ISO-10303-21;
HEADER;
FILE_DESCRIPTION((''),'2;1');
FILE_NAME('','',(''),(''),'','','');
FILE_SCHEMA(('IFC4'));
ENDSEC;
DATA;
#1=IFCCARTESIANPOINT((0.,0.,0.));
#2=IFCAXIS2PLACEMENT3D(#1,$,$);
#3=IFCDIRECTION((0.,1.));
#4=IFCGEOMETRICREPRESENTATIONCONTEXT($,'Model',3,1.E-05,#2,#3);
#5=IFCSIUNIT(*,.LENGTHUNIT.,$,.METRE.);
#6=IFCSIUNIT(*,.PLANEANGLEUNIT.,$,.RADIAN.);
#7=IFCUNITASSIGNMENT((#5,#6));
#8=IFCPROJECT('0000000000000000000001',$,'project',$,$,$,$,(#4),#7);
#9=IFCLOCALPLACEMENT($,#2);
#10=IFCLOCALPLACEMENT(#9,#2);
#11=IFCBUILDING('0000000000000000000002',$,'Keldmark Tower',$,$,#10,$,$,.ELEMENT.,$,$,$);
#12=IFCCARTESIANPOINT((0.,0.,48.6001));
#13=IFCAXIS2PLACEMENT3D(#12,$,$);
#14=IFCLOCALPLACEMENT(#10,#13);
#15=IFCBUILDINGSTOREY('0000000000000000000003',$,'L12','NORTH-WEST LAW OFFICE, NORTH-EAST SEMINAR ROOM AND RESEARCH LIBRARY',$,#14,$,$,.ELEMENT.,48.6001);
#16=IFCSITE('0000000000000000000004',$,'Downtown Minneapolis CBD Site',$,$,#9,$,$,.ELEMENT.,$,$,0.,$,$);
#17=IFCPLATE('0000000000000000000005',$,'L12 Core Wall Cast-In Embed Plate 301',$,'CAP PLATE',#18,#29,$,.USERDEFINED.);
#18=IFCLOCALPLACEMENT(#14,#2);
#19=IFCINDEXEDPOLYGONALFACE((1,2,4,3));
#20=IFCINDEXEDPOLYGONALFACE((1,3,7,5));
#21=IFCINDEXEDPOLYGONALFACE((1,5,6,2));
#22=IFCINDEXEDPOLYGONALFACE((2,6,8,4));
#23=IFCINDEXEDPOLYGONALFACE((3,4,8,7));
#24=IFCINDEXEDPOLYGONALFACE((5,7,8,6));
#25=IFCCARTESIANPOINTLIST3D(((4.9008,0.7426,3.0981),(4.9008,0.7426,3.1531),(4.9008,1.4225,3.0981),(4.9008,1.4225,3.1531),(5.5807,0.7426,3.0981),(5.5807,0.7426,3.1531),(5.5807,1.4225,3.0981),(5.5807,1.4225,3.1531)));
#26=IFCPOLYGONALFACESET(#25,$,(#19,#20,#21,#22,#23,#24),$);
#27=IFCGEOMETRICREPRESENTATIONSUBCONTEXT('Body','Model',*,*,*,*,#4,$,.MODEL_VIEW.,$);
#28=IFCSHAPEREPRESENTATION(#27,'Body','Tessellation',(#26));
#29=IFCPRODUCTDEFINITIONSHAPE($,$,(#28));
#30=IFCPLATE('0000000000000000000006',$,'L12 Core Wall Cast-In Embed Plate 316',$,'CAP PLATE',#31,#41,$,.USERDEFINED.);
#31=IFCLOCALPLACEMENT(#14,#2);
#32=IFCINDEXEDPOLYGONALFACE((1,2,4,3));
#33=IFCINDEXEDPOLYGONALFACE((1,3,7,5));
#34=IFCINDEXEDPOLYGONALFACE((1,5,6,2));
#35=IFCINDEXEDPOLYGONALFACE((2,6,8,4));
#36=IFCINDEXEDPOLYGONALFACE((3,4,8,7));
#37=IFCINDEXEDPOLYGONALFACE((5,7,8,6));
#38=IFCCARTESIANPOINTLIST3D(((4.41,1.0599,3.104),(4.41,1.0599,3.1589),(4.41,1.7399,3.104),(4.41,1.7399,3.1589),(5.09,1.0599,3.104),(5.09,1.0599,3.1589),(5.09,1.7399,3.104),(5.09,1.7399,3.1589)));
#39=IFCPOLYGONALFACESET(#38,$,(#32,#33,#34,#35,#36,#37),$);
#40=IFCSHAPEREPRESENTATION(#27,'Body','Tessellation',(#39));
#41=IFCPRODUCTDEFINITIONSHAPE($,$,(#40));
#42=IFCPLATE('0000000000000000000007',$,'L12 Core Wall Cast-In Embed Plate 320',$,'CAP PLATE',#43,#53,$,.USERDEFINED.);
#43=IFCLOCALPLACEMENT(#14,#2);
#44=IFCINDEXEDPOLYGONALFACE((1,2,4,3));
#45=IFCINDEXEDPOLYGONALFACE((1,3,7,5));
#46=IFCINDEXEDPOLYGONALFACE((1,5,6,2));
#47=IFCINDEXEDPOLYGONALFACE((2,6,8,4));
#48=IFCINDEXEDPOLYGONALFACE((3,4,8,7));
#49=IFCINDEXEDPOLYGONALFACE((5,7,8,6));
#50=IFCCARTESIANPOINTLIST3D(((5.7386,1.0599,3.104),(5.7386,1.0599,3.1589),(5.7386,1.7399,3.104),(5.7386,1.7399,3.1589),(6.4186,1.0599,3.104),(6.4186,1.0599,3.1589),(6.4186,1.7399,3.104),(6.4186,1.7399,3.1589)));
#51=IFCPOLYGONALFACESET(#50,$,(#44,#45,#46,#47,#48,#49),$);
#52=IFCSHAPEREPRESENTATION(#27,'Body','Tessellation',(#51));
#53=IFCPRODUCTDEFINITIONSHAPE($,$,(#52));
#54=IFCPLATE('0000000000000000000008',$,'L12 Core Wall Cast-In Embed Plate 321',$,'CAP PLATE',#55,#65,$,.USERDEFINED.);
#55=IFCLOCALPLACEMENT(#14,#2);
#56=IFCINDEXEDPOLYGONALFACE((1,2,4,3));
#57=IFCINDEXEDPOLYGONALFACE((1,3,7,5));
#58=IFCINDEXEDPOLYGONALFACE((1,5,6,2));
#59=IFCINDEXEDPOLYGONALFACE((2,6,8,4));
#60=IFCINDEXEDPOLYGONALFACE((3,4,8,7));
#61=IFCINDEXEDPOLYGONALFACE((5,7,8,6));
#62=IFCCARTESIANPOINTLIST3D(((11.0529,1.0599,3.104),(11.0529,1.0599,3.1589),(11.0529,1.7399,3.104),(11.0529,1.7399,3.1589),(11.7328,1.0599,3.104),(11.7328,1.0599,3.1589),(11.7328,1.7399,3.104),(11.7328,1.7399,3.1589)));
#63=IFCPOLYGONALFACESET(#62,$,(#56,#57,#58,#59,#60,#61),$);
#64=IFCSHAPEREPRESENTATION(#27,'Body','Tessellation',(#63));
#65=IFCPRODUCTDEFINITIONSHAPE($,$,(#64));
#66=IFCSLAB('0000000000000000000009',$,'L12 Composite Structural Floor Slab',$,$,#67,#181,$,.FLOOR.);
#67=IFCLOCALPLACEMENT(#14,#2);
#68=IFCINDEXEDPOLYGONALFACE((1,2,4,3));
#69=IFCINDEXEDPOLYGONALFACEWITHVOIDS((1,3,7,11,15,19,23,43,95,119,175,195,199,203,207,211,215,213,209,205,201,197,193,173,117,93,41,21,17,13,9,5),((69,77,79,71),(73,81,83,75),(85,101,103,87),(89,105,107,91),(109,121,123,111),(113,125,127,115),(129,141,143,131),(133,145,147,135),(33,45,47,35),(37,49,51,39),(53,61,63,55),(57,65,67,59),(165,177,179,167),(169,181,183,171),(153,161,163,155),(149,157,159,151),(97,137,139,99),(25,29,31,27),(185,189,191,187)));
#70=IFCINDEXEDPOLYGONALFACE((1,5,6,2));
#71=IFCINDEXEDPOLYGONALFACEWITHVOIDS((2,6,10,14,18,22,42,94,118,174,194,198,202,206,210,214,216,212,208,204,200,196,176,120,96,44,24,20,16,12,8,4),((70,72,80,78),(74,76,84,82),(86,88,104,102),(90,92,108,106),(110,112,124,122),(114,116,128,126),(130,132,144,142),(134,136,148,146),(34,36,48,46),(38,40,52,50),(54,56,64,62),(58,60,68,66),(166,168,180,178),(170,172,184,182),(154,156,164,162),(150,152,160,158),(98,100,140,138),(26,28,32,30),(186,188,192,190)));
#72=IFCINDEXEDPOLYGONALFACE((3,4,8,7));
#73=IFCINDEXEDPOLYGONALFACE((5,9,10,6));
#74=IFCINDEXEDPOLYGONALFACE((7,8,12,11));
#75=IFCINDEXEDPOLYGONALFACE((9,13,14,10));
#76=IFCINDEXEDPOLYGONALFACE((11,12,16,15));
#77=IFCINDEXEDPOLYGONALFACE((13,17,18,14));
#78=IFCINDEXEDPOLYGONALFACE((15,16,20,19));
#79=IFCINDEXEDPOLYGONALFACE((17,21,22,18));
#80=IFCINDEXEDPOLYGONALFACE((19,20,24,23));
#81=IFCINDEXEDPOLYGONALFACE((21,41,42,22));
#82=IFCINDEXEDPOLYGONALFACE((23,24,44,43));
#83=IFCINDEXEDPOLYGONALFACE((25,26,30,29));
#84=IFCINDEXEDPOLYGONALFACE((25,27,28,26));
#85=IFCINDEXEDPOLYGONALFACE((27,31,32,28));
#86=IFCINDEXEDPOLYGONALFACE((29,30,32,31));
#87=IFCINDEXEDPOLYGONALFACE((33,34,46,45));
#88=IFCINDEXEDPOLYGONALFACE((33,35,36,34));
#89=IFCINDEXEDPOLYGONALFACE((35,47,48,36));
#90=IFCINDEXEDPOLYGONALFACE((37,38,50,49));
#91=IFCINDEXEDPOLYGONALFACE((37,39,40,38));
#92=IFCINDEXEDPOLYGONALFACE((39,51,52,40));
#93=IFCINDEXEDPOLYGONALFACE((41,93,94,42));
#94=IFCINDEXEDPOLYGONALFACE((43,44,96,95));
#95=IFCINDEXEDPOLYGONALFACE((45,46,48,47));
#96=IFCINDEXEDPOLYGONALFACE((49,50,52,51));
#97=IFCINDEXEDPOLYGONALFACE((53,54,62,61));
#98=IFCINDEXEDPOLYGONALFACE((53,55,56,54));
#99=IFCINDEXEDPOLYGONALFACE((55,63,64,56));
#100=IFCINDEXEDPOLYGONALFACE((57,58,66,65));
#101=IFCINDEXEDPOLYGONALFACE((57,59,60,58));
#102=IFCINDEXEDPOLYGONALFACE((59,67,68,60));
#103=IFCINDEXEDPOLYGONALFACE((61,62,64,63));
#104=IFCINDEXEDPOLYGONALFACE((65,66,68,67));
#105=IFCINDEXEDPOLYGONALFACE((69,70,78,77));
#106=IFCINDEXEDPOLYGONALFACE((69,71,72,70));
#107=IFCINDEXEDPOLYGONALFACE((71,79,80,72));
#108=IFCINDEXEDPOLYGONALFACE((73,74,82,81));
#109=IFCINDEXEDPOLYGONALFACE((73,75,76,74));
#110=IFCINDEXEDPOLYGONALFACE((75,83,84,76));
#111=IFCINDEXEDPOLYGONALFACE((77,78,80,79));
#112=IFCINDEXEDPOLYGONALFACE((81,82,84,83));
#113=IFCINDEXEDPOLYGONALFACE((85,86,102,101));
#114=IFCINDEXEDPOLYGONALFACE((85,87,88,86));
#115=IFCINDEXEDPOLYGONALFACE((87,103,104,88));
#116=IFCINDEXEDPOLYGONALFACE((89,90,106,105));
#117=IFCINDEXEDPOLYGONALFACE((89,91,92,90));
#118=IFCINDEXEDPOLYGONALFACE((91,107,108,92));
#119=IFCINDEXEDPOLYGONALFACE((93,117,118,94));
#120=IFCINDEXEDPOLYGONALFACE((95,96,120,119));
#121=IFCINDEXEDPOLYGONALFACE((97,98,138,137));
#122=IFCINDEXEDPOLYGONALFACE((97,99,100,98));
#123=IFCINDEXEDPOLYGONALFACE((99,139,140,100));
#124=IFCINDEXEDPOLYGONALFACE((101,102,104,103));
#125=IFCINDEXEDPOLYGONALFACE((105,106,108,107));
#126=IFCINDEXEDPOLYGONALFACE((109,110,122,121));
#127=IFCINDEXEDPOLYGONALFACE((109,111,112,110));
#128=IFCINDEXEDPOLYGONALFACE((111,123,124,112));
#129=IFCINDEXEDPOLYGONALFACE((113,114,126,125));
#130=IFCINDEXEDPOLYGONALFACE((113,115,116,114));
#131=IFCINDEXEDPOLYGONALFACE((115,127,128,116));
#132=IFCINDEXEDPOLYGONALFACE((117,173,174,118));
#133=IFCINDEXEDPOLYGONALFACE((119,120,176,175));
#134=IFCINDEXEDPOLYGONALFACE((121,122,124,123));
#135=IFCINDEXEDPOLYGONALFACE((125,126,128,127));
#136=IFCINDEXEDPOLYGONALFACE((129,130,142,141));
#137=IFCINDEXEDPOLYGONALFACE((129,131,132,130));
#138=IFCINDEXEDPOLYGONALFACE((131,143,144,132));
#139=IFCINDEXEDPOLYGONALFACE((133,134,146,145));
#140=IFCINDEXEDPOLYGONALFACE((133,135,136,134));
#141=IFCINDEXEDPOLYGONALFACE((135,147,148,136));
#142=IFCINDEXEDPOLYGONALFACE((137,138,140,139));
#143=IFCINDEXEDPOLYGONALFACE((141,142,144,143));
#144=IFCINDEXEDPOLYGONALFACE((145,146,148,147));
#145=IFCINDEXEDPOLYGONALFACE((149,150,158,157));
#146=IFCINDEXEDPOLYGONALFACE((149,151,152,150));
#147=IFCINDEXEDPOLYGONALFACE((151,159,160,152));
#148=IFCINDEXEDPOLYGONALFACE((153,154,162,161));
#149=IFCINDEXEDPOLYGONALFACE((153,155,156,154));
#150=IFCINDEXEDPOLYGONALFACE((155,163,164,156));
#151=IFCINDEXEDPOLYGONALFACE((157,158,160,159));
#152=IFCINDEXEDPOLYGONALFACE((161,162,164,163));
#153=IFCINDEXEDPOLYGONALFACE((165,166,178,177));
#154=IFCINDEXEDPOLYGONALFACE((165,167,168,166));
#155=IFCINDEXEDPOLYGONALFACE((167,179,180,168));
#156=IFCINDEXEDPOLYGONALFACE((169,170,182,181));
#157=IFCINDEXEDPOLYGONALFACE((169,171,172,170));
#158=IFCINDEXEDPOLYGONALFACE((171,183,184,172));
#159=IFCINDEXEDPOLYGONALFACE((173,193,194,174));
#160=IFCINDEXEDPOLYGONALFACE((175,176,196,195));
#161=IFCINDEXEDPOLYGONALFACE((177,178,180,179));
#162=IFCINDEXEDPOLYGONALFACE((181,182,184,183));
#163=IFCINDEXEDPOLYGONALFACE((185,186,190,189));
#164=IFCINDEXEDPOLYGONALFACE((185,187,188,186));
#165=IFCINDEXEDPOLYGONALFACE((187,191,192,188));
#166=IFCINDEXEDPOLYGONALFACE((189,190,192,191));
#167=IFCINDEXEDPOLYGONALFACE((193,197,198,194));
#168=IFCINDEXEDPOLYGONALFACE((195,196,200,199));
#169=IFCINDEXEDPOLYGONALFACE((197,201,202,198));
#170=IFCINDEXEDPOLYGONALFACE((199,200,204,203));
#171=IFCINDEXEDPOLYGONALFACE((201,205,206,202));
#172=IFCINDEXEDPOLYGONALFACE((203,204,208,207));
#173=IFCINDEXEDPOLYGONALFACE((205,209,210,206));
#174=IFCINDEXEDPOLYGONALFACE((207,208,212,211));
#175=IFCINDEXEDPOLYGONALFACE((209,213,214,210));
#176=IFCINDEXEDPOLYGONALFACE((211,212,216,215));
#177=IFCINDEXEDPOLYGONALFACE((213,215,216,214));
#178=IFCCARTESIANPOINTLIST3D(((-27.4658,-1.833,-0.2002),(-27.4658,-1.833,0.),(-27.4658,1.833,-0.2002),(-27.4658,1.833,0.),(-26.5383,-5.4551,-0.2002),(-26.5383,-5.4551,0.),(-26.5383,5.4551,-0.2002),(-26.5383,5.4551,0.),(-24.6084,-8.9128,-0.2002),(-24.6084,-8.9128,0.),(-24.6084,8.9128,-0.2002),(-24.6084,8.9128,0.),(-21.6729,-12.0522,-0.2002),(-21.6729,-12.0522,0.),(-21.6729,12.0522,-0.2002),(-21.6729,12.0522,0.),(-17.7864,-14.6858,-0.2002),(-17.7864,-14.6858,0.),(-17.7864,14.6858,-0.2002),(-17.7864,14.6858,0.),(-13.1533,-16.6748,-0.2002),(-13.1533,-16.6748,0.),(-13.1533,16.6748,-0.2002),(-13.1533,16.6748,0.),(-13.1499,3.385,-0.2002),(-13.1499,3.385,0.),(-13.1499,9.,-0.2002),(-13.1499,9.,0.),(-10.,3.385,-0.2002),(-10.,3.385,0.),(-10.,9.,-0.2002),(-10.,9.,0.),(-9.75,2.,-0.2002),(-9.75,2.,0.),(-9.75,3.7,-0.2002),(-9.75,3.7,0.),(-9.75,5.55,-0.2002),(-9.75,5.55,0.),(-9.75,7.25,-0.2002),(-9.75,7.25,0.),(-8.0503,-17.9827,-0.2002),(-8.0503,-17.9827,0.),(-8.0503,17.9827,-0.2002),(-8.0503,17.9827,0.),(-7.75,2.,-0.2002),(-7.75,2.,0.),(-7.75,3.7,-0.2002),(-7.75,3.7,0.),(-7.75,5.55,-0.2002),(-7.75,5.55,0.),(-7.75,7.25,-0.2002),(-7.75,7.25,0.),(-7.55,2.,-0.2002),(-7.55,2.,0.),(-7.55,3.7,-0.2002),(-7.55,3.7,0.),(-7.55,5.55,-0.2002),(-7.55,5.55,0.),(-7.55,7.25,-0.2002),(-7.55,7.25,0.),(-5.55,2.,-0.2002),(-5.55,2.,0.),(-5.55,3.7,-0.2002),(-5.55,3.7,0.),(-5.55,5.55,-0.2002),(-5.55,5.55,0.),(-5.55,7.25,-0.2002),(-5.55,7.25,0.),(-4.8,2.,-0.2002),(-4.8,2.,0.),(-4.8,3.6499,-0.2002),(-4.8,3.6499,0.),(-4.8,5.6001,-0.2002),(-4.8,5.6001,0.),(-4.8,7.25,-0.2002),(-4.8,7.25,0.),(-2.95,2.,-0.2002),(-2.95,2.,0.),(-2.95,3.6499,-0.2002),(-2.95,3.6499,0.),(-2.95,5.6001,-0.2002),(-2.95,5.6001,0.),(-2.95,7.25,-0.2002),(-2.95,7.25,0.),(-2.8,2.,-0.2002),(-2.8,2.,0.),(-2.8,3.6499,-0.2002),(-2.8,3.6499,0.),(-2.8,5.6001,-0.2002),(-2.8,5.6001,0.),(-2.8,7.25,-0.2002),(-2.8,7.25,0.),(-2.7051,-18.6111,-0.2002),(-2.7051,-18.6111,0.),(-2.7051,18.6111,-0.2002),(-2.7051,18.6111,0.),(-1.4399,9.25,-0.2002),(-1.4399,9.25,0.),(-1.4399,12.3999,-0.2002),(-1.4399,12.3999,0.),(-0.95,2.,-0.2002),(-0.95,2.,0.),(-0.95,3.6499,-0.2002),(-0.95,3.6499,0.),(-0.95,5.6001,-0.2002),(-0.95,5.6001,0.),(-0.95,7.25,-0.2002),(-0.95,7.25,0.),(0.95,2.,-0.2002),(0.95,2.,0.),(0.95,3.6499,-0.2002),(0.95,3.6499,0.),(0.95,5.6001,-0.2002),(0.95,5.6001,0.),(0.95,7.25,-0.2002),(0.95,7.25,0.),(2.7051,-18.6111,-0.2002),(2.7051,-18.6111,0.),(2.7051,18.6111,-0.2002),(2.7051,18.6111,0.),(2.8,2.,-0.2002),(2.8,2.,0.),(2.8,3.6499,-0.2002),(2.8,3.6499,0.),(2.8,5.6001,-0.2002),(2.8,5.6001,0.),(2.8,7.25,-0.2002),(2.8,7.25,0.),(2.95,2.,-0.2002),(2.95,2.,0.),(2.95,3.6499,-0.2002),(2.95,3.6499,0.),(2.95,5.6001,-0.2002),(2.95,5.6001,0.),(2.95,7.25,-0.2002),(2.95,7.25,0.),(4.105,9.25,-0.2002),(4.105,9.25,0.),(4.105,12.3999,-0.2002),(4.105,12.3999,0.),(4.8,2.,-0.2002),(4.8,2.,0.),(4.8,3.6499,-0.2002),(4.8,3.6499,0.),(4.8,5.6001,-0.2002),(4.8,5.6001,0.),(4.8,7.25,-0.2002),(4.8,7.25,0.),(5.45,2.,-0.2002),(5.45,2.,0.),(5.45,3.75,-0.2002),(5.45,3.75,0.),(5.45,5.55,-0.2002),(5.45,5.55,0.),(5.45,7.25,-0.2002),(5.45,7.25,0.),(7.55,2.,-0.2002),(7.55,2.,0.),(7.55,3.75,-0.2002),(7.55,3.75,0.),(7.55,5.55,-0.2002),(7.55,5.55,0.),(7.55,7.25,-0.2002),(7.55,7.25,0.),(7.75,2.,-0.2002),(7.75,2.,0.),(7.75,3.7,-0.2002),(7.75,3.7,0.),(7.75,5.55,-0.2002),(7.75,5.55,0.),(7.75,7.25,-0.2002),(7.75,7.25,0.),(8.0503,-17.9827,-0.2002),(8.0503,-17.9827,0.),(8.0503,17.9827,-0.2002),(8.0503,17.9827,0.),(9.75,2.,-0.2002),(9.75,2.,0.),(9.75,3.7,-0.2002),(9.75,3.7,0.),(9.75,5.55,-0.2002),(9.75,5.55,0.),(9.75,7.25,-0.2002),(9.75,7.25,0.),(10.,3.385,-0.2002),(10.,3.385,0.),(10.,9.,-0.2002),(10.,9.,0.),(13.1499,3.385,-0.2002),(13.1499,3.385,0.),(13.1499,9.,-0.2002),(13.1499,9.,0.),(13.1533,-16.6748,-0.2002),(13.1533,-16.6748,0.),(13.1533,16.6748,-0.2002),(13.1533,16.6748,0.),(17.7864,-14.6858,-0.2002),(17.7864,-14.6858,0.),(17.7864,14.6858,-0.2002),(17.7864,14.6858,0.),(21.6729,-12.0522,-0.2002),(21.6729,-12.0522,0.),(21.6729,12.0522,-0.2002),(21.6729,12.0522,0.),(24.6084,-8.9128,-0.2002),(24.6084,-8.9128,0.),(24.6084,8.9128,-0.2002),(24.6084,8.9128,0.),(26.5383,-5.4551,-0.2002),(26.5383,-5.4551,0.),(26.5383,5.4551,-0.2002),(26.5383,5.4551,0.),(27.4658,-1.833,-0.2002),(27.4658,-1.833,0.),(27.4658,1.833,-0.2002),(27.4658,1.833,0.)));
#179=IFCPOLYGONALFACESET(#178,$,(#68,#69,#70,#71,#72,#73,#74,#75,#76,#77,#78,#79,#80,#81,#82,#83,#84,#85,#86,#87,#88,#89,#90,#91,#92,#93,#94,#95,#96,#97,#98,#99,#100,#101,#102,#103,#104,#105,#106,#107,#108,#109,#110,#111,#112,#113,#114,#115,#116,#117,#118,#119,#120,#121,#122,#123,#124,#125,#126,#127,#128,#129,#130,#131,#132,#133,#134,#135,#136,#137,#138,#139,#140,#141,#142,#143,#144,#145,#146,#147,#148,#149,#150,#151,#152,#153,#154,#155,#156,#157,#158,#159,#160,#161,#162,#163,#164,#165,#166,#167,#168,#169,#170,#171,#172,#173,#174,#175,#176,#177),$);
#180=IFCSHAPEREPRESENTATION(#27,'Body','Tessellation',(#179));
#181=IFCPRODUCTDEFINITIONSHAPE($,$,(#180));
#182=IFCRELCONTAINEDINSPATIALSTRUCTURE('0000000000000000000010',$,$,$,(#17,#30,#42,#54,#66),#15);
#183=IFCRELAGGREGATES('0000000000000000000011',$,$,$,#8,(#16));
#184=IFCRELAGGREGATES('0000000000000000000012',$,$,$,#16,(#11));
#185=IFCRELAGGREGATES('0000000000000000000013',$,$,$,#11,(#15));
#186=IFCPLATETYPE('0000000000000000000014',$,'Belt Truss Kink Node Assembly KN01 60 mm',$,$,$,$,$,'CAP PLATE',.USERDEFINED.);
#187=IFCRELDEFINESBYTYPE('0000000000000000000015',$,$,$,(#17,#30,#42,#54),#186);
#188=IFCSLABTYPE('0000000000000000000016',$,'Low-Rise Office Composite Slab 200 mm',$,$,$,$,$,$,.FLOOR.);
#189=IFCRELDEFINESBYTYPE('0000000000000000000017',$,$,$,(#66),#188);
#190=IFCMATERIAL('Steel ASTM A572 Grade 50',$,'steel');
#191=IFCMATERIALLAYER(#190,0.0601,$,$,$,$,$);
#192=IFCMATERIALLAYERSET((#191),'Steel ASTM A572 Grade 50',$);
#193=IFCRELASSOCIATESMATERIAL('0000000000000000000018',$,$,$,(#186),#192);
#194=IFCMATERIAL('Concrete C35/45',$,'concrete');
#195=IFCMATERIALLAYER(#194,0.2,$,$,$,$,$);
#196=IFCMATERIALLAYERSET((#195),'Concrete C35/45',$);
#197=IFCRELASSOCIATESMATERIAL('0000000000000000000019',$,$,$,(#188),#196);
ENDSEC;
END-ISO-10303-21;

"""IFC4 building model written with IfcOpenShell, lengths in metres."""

from ifc_helpers import new_model, si_unit, direction, frame, origin, origin_2d, place, context, subcontext, project, spatial, polyline, rectangle, outline, extrude, material, layer, layer_set, type_object, element, save


model = new_model("IFC4")

# Units and contexts
model_context = context("Model", 3, precision=1e-05, world=origin(), true_north=direction((0.0, 1.0)))
body_context = subcontext(model_context, "Body", "Model", "MODEL_VIEW")
ifc_project = project(units=[si_unit("LENGTHUNIT", "METRE"), si_unit("PLANEANGLEUNIT", "RADIAN")], contexts=[model_context])

# Site, building, storey
site_placement = place(None, origin())
site = spatial("IfcSite", under=ifc_project, at=site_placement, Name="Downtown Minneapolis CBD Site", CompositionType="ELEMENT", RefElevation=0.0)
building_placement = place(site_placement, origin())
building = spatial("IfcBuilding", under=site, at=building_placement, Name="Keldmark Tower", CompositionType="ELEMENT")
storey_placement = place(building_placement, frame((0.0, 0.0, 48.6001)))
storey = spatial("IfcBuildingStorey", under=building, at=storey_placement, Name="L12", Description="NORTH-WEST LAW OFFICE, NORTH-EAST SEMINAR ROOM AND RESEARCH LIBRARY", CompositionType="ELEMENT", Elevation=48.6001)

# Plates
ifc_material_1 = material(Name="Steel ASTM A572 Grade 50", Category="steel")
ifc_layer_1 = layer(ifc_material_1, 0.0601)
ifc_layer_set_1 = layer_set([ifc_layer_1], Name="Steel ASTM A572 Grade 50")
plate_type = type_object("IfcPlateType", Name="Belt Truss Kink Node Assembly KN01 60 mm", ElementType="CAP PLATE", PredefinedType="USERDEFINED", material=ifc_layer_set_1)
for number, where, z_axis, x_axis, name in (
    (1, (5.2407, 1.0825, 3.0981), (0.0, 0.0, 1.0), (1.0, 0.0, 0.0), "L12 Core Wall Cast-In Embed Plate 301"),
    (2, (4.75, 1.3999, 3.104), (0.0, 0.0, 1.0), (1.0, 0.0, 0.0), "L12 Core Wall Cast-In Embed Plate 316"),
    (3, (6.0786, 1.3999, 3.104), (0.0, 0.0, 1.0), (1.0, 0.0, 0.0), "L12 Core Wall Cast-In Embed Plate 320"),
    (4, (11.3928, 1.3999, 3.104), (0.0, 0.0, 1.0), (1.0, 0.0, 0.0), "L12 Core Wall Cast-In Embed Plate 321"),
):
    element("IfcPlate", number, at=place(storey_placement, frame(where, z_axis=z_axis, x_axis=x_axis)), inside=storey, type_object=plate_type, Name=name, ObjectType="CAP PLATE", PredefinedType="USERDEFINED", context=body_context, shape_type="SweptSolid", body=[
        extrude(rectangle(XDim=0.6799, YDim=0.6799, at=origin_2d()), origin(), (0.0, 0.0, 1.0), 0.0549),
    ])

# Slab
ifc_material_2 = material(Name="Concrete C35/45", Category="concrete")
ifc_layer_2 = layer(ifc_material_2, 0.2)
ifc_layer_set_2 = layer_set([ifc_layer_2], Name="Concrete C35/45")
slab_type_1 = type_object("IfcSlabType", Name="Low-Rise Office Composite Slab 200 mm", PredefinedType="FLOOR", material=ifc_layer_set_2)
slab_1_placement = place(storey_placement, frame((0.0, 0.0, -0.2002)))
element("IfcSlab", 5, at=slab_1_placement, inside=storey, type_object=slab_type_1, Name="L12 Composite Structural Floor Slab", PredefinedType="FLOOR", context=body_context, shape_type="SweptSolid", body=[
    extrude(outline(polyline([(27.4658, 1.833), (26.5383, 5.4551), (24.6084, 8.9128), (21.6729, 12.0522), (17.7864, 14.6858), (13.1533, 16.6748), (8.0503, 17.9827), (2.7051, 18.6111), (-2.7051, 18.6111), (-8.0503, 17.9827), (-13.1533, 16.6748), (-17.7864, 14.6858), (-21.6729, 12.0522), (-24.6084, 8.9128), (-26.5383, 5.4551), (-27.4658, 1.833), (-27.4658, -1.833), (-26.5383, -5.4551), (-24.6084, -8.9128), (-21.6729, -12.0522), (-17.7864, -14.6858), (-13.1533, -16.6748), (-8.0503, -17.9827), (-2.7051, -18.6111), (2.7051, -18.6111), (8.0503, -17.9827), (13.1533, -16.6748), (17.7864, -14.6858), (21.6729, -12.0522), (24.6084, -8.9128), (26.5383, -5.4551), (27.4658, -1.833), (27.4658, 1.833)]), holes=[polyline([(-10.0, 3.385), (-10.0, 9.0), (-13.1499, 9.0), (-13.1499, 3.385), (-10.0, 3.385)]), polyline([(13.1499, 3.385), (13.1499, 9.0), (10.0, 9.0), (10.0, 3.385), (13.1499, 3.385)]), polyline([(-1.4399, 9.25), (4.105, 9.25), (4.105, 12.3999), (-1.4399, 12.3999), (-1.4399, 9.25)]), polyline([(-9.75, 2.0), (-7.75, 2.0), (-7.75, 3.7), (-9.75, 3.7), (-9.75, 2.0)]), polyline([(7.75, 2.0), (9.75, 2.0), (9.75, 3.7), (7.75, 3.7), (7.75, 2.0)]), polyline([(5.45, 2.0), (7.55, 2.0), (7.55, 3.75), (5.45, 3.75), (5.45, 2.0)]), polyline([(-4.8, 2.0), (-2.95, 2.0), (-2.95, 3.6499), (-4.8, 3.6499), (-4.8, 2.0)]), polyline([(-2.8, 2.0), (-0.95, 2.0), (-0.95, 3.6499), (-2.8, 3.6499), (-2.8, 2.0)]), polyline([(0.95, 2.0), (2.8, 2.0), (2.8, 3.6499), (0.95, 3.6499), (0.95, 2.0)]), polyline([(2.95, 2.0), (4.8, 2.0), (4.8, 3.6499), (2.95, 3.6499), (2.95, 2.0)]), polyline([(-4.8, 5.6001), (-2.95, 5.6001), (-2.95, 7.25), (-4.8, 7.25), (-4.8, 5.6001)]), polyline([(-2.8, 5.6001), (-0.95, 5.6001), (-0.95, 7.25), (-2.8, 7.25), (-2.8, 5.6001)]), polyline([(0.95, 5.6001), (2.8, 5.6001), (2.8, 7.25), (0.95, 7.25), (0.95, 5.6001)]), polyline([(2.95, 5.6001), (4.8, 5.6001), (4.8, 7.25), (2.95, 7.25), (2.95, 5.6001)]), polyline([(-9.75, 5.55), (-7.75, 5.55), (-7.75, 7.25), (-9.75, 7.25), (-9.75, 5.55)]), polyline([(-7.55, 5.55), (-5.55, 5.55), (-5.55, 7.25), (-7.55, 7.25), (-7.55, 5.55)]), polyline([(-7.55, 2.0), (-5.55, 2.0), (-5.55, 3.7), (-7.55, 3.7), (-7.55, 2.0)]), polyline([(5.45, 5.55), (7.55, 5.55), (7.55, 7.25), (5.45, 7.25), (5.45, 5.55)]), polyline([(7.75, 5.55), (9.75, 5.55), (9.75, 7.25), (7.75, 7.25), (7.75, 5.55)])]), origin(), (0.0, 0.0, 1.0), 0.2002),
])

save(model, "model.ifc")
